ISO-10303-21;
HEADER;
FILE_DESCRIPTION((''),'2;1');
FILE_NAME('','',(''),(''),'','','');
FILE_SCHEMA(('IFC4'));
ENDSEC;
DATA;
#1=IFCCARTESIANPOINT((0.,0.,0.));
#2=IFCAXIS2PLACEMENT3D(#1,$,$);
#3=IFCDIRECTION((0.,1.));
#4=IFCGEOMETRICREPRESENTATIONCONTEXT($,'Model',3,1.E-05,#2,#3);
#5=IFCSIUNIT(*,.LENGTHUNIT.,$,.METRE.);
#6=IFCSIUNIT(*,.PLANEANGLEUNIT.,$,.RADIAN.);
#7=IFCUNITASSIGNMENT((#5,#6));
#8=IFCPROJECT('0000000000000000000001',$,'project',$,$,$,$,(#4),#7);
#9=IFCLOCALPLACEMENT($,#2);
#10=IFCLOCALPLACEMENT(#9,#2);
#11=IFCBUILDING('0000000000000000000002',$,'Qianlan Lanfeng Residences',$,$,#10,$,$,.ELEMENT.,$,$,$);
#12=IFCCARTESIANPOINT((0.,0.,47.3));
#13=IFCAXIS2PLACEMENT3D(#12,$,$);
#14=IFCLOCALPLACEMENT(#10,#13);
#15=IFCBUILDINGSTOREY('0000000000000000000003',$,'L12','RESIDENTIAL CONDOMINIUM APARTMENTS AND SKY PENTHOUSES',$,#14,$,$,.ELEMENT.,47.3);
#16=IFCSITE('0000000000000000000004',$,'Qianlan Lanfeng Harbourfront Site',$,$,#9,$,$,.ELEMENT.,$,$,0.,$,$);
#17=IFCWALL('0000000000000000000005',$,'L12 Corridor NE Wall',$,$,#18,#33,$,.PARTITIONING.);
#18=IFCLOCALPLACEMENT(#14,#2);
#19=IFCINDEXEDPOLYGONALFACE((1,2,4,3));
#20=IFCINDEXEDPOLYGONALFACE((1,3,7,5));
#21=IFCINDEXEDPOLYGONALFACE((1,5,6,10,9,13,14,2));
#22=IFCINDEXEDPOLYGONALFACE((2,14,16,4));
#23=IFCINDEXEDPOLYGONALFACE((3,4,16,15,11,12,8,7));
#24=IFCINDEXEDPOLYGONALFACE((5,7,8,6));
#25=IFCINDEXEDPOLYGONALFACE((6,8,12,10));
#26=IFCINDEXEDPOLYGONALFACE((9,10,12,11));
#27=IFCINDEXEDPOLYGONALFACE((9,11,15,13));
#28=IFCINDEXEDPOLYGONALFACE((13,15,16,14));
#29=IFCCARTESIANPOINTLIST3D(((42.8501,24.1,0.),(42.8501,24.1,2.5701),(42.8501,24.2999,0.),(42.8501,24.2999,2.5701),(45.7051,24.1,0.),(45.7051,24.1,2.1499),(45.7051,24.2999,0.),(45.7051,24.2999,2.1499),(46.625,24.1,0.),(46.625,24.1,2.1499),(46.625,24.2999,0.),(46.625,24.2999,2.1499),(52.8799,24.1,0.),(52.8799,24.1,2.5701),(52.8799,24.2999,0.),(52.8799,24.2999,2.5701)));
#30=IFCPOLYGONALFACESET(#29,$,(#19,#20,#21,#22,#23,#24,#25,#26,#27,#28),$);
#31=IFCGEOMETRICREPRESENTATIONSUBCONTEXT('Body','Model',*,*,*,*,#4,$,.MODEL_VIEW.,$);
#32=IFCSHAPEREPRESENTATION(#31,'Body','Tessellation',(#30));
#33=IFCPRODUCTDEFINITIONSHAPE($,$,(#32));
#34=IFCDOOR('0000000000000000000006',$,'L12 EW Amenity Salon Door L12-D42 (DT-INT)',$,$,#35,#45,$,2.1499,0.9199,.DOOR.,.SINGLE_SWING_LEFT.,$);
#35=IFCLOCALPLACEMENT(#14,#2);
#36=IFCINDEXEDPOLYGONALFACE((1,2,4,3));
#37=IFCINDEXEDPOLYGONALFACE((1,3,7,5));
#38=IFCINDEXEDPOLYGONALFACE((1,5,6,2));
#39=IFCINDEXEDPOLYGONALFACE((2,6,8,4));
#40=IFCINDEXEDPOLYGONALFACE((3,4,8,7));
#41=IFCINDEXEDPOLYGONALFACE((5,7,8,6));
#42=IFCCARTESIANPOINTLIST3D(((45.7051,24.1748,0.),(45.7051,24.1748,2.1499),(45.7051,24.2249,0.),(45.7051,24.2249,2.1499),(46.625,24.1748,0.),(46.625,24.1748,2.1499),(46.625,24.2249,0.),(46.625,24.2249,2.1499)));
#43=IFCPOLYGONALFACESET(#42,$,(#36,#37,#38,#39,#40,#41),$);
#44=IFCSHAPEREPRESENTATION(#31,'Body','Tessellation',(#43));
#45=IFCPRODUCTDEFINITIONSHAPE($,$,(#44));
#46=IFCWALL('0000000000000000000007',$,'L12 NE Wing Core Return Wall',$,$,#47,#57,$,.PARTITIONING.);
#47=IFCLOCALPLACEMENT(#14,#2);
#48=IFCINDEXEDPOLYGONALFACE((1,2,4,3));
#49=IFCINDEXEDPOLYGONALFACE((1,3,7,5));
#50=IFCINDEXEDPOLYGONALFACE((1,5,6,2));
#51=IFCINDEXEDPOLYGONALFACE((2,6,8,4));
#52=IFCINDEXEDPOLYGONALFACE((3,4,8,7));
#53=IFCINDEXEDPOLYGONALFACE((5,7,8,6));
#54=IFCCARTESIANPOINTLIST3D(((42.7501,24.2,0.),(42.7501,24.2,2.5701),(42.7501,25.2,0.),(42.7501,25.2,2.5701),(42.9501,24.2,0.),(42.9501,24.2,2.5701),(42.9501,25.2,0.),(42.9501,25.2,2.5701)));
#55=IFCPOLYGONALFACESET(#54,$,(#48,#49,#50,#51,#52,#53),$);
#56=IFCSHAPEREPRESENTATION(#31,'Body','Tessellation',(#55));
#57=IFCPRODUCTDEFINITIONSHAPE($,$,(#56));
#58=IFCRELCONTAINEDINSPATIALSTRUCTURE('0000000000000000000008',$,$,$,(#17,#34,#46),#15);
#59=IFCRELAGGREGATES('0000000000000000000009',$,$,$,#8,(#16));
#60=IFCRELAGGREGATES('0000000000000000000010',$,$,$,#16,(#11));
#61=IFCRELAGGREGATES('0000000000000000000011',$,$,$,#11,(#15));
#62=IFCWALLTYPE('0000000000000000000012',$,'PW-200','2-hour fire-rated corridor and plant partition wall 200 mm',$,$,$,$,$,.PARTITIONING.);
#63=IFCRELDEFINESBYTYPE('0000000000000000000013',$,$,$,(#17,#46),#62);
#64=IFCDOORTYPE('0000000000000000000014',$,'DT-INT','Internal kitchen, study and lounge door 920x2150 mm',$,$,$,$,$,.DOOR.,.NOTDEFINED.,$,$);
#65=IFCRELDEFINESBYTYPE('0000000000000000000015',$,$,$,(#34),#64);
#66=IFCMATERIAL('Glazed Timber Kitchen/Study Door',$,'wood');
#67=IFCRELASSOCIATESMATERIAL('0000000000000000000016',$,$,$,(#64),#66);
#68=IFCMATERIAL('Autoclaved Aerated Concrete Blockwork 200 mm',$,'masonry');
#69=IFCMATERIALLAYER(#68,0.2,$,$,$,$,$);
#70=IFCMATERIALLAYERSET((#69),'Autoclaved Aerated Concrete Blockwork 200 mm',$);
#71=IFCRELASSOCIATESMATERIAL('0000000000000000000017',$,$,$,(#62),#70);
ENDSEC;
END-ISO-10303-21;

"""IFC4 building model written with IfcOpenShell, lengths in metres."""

from ifc_helpers import new_model, si_unit, direction, frame, frame_2d, origin, place, context, subcontext, project, spatial, rectangle, extrude, material, layer, layer_set, type_object, element, fill, save


model = new_model("IFC4")

# Units and contexts
model_context = context("Model", 3, precision=1e-05, world=origin(), true_north=direction((0.0, 1.0)))
body_context = subcontext(model_context, "Body", "Model", "MODEL_VIEW")
ifc_project = project(units=[si_unit("LENGTHUNIT", "METRE"), si_unit("PLANEANGLEUNIT", "RADIAN")], contexts=[model_context])

# Site, building, storey
site_placement = place(None, origin())
site = spatial("IfcSite", under=ifc_project, at=site_placement, Name="Qianlan Lanfeng Harbourfront Site", CompositionType="ELEMENT", RefElevation=0.0)
building_placement = place(site_placement, origin())
building = spatial("IfcBuilding", under=site, at=building_placement, Name="Qianlan Lanfeng Residences", CompositionType="ELEMENT")
storey_placement = place(building_placement, frame((0.0, 0.0, 47.3)))
storey = spatial("IfcBuildingStorey", under=building, at=storey_placement, Name="L12", Description="RESIDENTIAL CONDOMINIUM APARTMENTS AND SKY PENTHOUSES", CompositionType="ELEMENT", Elevation=47.3)

# Wall, opening, door
ifc_material_1 = material(Name="Glazed Timber Kitchen/Study Door", Category="wood")
door_type = type_object("IfcDoorType", Name="DT-INT", Description="Internal kitchen, study and lounge door 920x2150 mm", OperationType="NOTDEFINED", PredefinedType="DOOR", material=ifc_material_1)
ifc_material_2 = material(Name="Autoclaved Aerated Concrete Blockwork 200 mm", Category="masonry")
ifc_layer_1 = layer(ifc_material_2, 0.2)
ifc_layer_set_1 = layer_set([ifc_layer_1], Name="Autoclaved Aerated Concrete Blockwork 200 mm")
wall_type_1 = type_object("IfcWallType", Name="PW-200", Description="2-hour fire-rated corridor and plant partition wall 200 mm", PredefinedType="PARTITIONING", material=ifc_layer_set_1)
wall_1_placement = place(storey_placement, frame((42.8501, 24.2, 0.0), z_axis=(0.0, 0.0, 1.0), x_axis=(1.0, 0.0, 0.0)))
wall_1 = element("IfcWall", 1, at=wall_1_placement, inside=storey, type_object=wall_type_1, Name="L12 Corridor NE Wall", PredefinedType="PARTITIONING", context=body_context, shape_type="SweptSolid", body=[
    extrude(rectangle(XDim=10.0298, YDim=0.2, at=frame_2d((5.0149, 0.0))), origin(), (0.0, 0.0, 1.0), 2.5701),
])
opening_1_placement = place(wall_1_placement, frame((2.855, 0.0, 0.0)))
opening_1 = element("IfcOpeningElement", 2, at=opening_1_placement, cuts=wall_1, PredefinedType="OPENING", context=body_context, shape_type="SweptSolid", body=[
    extrude(rectangle(XDim=0.9199, YDim=2.1499, at=frame_2d((0.46, 1.075))), frame((0.0, 0.1099, 0.0), z_axis=(0.0, -1.0, 0.0), x_axis=(1.0, 0.0, 0.0)), (0.0, 0.0, 1.0), 0.22),
])
door_1_placement = place(opening_1_placement, origin())
door_1 = element("IfcDoor", 3, at=door_1_placement, inside=storey, type_object=door_type, Name="L12 EW Amenity Salon Door L12-D42 (DT-INT)", OperationType="SINGLE_SWING_LEFT", OverallHeight=2.1499, OverallWidth=0.9199, PredefinedType="DOOR", context=body_context, shape_type="SweptSolid", body=[
    extrude(rectangle(XDim=0.9199, YDim=2.1499, at=frame_2d((0.46, 1.075))), frame((0.0, 0.0249, 0.0), z_axis=(0.0, -1.0, 0.0), x_axis=(1.0, 0.0, 0.0)), (0.0, 0.0, 1.0), 0.05),
])
fill(opening_1, door_1)

# Wall
wall_2_placement = place(storey_placement, frame((42.8501, 24.2, 0.0), z_axis=(0.0, 0.0, 1.0), x_axis=(0.0, 1.0, 0.0)))
element("IfcWall", 4, at=wall_2_placement, inside=storey, type_object=wall_type_1, Name="L12 NE Wing Core Return Wall", PredefinedType="PARTITIONING", context=body_context, shape_type="SweptSolid", body=[
    extrude(rectangle(XDim=1.0, YDim=0.2, at=frame_2d((0.5, 0.0))), origin(), (0.0, 0.0, 1.0), 2.5701),
])

save(model, "model.ifc")
